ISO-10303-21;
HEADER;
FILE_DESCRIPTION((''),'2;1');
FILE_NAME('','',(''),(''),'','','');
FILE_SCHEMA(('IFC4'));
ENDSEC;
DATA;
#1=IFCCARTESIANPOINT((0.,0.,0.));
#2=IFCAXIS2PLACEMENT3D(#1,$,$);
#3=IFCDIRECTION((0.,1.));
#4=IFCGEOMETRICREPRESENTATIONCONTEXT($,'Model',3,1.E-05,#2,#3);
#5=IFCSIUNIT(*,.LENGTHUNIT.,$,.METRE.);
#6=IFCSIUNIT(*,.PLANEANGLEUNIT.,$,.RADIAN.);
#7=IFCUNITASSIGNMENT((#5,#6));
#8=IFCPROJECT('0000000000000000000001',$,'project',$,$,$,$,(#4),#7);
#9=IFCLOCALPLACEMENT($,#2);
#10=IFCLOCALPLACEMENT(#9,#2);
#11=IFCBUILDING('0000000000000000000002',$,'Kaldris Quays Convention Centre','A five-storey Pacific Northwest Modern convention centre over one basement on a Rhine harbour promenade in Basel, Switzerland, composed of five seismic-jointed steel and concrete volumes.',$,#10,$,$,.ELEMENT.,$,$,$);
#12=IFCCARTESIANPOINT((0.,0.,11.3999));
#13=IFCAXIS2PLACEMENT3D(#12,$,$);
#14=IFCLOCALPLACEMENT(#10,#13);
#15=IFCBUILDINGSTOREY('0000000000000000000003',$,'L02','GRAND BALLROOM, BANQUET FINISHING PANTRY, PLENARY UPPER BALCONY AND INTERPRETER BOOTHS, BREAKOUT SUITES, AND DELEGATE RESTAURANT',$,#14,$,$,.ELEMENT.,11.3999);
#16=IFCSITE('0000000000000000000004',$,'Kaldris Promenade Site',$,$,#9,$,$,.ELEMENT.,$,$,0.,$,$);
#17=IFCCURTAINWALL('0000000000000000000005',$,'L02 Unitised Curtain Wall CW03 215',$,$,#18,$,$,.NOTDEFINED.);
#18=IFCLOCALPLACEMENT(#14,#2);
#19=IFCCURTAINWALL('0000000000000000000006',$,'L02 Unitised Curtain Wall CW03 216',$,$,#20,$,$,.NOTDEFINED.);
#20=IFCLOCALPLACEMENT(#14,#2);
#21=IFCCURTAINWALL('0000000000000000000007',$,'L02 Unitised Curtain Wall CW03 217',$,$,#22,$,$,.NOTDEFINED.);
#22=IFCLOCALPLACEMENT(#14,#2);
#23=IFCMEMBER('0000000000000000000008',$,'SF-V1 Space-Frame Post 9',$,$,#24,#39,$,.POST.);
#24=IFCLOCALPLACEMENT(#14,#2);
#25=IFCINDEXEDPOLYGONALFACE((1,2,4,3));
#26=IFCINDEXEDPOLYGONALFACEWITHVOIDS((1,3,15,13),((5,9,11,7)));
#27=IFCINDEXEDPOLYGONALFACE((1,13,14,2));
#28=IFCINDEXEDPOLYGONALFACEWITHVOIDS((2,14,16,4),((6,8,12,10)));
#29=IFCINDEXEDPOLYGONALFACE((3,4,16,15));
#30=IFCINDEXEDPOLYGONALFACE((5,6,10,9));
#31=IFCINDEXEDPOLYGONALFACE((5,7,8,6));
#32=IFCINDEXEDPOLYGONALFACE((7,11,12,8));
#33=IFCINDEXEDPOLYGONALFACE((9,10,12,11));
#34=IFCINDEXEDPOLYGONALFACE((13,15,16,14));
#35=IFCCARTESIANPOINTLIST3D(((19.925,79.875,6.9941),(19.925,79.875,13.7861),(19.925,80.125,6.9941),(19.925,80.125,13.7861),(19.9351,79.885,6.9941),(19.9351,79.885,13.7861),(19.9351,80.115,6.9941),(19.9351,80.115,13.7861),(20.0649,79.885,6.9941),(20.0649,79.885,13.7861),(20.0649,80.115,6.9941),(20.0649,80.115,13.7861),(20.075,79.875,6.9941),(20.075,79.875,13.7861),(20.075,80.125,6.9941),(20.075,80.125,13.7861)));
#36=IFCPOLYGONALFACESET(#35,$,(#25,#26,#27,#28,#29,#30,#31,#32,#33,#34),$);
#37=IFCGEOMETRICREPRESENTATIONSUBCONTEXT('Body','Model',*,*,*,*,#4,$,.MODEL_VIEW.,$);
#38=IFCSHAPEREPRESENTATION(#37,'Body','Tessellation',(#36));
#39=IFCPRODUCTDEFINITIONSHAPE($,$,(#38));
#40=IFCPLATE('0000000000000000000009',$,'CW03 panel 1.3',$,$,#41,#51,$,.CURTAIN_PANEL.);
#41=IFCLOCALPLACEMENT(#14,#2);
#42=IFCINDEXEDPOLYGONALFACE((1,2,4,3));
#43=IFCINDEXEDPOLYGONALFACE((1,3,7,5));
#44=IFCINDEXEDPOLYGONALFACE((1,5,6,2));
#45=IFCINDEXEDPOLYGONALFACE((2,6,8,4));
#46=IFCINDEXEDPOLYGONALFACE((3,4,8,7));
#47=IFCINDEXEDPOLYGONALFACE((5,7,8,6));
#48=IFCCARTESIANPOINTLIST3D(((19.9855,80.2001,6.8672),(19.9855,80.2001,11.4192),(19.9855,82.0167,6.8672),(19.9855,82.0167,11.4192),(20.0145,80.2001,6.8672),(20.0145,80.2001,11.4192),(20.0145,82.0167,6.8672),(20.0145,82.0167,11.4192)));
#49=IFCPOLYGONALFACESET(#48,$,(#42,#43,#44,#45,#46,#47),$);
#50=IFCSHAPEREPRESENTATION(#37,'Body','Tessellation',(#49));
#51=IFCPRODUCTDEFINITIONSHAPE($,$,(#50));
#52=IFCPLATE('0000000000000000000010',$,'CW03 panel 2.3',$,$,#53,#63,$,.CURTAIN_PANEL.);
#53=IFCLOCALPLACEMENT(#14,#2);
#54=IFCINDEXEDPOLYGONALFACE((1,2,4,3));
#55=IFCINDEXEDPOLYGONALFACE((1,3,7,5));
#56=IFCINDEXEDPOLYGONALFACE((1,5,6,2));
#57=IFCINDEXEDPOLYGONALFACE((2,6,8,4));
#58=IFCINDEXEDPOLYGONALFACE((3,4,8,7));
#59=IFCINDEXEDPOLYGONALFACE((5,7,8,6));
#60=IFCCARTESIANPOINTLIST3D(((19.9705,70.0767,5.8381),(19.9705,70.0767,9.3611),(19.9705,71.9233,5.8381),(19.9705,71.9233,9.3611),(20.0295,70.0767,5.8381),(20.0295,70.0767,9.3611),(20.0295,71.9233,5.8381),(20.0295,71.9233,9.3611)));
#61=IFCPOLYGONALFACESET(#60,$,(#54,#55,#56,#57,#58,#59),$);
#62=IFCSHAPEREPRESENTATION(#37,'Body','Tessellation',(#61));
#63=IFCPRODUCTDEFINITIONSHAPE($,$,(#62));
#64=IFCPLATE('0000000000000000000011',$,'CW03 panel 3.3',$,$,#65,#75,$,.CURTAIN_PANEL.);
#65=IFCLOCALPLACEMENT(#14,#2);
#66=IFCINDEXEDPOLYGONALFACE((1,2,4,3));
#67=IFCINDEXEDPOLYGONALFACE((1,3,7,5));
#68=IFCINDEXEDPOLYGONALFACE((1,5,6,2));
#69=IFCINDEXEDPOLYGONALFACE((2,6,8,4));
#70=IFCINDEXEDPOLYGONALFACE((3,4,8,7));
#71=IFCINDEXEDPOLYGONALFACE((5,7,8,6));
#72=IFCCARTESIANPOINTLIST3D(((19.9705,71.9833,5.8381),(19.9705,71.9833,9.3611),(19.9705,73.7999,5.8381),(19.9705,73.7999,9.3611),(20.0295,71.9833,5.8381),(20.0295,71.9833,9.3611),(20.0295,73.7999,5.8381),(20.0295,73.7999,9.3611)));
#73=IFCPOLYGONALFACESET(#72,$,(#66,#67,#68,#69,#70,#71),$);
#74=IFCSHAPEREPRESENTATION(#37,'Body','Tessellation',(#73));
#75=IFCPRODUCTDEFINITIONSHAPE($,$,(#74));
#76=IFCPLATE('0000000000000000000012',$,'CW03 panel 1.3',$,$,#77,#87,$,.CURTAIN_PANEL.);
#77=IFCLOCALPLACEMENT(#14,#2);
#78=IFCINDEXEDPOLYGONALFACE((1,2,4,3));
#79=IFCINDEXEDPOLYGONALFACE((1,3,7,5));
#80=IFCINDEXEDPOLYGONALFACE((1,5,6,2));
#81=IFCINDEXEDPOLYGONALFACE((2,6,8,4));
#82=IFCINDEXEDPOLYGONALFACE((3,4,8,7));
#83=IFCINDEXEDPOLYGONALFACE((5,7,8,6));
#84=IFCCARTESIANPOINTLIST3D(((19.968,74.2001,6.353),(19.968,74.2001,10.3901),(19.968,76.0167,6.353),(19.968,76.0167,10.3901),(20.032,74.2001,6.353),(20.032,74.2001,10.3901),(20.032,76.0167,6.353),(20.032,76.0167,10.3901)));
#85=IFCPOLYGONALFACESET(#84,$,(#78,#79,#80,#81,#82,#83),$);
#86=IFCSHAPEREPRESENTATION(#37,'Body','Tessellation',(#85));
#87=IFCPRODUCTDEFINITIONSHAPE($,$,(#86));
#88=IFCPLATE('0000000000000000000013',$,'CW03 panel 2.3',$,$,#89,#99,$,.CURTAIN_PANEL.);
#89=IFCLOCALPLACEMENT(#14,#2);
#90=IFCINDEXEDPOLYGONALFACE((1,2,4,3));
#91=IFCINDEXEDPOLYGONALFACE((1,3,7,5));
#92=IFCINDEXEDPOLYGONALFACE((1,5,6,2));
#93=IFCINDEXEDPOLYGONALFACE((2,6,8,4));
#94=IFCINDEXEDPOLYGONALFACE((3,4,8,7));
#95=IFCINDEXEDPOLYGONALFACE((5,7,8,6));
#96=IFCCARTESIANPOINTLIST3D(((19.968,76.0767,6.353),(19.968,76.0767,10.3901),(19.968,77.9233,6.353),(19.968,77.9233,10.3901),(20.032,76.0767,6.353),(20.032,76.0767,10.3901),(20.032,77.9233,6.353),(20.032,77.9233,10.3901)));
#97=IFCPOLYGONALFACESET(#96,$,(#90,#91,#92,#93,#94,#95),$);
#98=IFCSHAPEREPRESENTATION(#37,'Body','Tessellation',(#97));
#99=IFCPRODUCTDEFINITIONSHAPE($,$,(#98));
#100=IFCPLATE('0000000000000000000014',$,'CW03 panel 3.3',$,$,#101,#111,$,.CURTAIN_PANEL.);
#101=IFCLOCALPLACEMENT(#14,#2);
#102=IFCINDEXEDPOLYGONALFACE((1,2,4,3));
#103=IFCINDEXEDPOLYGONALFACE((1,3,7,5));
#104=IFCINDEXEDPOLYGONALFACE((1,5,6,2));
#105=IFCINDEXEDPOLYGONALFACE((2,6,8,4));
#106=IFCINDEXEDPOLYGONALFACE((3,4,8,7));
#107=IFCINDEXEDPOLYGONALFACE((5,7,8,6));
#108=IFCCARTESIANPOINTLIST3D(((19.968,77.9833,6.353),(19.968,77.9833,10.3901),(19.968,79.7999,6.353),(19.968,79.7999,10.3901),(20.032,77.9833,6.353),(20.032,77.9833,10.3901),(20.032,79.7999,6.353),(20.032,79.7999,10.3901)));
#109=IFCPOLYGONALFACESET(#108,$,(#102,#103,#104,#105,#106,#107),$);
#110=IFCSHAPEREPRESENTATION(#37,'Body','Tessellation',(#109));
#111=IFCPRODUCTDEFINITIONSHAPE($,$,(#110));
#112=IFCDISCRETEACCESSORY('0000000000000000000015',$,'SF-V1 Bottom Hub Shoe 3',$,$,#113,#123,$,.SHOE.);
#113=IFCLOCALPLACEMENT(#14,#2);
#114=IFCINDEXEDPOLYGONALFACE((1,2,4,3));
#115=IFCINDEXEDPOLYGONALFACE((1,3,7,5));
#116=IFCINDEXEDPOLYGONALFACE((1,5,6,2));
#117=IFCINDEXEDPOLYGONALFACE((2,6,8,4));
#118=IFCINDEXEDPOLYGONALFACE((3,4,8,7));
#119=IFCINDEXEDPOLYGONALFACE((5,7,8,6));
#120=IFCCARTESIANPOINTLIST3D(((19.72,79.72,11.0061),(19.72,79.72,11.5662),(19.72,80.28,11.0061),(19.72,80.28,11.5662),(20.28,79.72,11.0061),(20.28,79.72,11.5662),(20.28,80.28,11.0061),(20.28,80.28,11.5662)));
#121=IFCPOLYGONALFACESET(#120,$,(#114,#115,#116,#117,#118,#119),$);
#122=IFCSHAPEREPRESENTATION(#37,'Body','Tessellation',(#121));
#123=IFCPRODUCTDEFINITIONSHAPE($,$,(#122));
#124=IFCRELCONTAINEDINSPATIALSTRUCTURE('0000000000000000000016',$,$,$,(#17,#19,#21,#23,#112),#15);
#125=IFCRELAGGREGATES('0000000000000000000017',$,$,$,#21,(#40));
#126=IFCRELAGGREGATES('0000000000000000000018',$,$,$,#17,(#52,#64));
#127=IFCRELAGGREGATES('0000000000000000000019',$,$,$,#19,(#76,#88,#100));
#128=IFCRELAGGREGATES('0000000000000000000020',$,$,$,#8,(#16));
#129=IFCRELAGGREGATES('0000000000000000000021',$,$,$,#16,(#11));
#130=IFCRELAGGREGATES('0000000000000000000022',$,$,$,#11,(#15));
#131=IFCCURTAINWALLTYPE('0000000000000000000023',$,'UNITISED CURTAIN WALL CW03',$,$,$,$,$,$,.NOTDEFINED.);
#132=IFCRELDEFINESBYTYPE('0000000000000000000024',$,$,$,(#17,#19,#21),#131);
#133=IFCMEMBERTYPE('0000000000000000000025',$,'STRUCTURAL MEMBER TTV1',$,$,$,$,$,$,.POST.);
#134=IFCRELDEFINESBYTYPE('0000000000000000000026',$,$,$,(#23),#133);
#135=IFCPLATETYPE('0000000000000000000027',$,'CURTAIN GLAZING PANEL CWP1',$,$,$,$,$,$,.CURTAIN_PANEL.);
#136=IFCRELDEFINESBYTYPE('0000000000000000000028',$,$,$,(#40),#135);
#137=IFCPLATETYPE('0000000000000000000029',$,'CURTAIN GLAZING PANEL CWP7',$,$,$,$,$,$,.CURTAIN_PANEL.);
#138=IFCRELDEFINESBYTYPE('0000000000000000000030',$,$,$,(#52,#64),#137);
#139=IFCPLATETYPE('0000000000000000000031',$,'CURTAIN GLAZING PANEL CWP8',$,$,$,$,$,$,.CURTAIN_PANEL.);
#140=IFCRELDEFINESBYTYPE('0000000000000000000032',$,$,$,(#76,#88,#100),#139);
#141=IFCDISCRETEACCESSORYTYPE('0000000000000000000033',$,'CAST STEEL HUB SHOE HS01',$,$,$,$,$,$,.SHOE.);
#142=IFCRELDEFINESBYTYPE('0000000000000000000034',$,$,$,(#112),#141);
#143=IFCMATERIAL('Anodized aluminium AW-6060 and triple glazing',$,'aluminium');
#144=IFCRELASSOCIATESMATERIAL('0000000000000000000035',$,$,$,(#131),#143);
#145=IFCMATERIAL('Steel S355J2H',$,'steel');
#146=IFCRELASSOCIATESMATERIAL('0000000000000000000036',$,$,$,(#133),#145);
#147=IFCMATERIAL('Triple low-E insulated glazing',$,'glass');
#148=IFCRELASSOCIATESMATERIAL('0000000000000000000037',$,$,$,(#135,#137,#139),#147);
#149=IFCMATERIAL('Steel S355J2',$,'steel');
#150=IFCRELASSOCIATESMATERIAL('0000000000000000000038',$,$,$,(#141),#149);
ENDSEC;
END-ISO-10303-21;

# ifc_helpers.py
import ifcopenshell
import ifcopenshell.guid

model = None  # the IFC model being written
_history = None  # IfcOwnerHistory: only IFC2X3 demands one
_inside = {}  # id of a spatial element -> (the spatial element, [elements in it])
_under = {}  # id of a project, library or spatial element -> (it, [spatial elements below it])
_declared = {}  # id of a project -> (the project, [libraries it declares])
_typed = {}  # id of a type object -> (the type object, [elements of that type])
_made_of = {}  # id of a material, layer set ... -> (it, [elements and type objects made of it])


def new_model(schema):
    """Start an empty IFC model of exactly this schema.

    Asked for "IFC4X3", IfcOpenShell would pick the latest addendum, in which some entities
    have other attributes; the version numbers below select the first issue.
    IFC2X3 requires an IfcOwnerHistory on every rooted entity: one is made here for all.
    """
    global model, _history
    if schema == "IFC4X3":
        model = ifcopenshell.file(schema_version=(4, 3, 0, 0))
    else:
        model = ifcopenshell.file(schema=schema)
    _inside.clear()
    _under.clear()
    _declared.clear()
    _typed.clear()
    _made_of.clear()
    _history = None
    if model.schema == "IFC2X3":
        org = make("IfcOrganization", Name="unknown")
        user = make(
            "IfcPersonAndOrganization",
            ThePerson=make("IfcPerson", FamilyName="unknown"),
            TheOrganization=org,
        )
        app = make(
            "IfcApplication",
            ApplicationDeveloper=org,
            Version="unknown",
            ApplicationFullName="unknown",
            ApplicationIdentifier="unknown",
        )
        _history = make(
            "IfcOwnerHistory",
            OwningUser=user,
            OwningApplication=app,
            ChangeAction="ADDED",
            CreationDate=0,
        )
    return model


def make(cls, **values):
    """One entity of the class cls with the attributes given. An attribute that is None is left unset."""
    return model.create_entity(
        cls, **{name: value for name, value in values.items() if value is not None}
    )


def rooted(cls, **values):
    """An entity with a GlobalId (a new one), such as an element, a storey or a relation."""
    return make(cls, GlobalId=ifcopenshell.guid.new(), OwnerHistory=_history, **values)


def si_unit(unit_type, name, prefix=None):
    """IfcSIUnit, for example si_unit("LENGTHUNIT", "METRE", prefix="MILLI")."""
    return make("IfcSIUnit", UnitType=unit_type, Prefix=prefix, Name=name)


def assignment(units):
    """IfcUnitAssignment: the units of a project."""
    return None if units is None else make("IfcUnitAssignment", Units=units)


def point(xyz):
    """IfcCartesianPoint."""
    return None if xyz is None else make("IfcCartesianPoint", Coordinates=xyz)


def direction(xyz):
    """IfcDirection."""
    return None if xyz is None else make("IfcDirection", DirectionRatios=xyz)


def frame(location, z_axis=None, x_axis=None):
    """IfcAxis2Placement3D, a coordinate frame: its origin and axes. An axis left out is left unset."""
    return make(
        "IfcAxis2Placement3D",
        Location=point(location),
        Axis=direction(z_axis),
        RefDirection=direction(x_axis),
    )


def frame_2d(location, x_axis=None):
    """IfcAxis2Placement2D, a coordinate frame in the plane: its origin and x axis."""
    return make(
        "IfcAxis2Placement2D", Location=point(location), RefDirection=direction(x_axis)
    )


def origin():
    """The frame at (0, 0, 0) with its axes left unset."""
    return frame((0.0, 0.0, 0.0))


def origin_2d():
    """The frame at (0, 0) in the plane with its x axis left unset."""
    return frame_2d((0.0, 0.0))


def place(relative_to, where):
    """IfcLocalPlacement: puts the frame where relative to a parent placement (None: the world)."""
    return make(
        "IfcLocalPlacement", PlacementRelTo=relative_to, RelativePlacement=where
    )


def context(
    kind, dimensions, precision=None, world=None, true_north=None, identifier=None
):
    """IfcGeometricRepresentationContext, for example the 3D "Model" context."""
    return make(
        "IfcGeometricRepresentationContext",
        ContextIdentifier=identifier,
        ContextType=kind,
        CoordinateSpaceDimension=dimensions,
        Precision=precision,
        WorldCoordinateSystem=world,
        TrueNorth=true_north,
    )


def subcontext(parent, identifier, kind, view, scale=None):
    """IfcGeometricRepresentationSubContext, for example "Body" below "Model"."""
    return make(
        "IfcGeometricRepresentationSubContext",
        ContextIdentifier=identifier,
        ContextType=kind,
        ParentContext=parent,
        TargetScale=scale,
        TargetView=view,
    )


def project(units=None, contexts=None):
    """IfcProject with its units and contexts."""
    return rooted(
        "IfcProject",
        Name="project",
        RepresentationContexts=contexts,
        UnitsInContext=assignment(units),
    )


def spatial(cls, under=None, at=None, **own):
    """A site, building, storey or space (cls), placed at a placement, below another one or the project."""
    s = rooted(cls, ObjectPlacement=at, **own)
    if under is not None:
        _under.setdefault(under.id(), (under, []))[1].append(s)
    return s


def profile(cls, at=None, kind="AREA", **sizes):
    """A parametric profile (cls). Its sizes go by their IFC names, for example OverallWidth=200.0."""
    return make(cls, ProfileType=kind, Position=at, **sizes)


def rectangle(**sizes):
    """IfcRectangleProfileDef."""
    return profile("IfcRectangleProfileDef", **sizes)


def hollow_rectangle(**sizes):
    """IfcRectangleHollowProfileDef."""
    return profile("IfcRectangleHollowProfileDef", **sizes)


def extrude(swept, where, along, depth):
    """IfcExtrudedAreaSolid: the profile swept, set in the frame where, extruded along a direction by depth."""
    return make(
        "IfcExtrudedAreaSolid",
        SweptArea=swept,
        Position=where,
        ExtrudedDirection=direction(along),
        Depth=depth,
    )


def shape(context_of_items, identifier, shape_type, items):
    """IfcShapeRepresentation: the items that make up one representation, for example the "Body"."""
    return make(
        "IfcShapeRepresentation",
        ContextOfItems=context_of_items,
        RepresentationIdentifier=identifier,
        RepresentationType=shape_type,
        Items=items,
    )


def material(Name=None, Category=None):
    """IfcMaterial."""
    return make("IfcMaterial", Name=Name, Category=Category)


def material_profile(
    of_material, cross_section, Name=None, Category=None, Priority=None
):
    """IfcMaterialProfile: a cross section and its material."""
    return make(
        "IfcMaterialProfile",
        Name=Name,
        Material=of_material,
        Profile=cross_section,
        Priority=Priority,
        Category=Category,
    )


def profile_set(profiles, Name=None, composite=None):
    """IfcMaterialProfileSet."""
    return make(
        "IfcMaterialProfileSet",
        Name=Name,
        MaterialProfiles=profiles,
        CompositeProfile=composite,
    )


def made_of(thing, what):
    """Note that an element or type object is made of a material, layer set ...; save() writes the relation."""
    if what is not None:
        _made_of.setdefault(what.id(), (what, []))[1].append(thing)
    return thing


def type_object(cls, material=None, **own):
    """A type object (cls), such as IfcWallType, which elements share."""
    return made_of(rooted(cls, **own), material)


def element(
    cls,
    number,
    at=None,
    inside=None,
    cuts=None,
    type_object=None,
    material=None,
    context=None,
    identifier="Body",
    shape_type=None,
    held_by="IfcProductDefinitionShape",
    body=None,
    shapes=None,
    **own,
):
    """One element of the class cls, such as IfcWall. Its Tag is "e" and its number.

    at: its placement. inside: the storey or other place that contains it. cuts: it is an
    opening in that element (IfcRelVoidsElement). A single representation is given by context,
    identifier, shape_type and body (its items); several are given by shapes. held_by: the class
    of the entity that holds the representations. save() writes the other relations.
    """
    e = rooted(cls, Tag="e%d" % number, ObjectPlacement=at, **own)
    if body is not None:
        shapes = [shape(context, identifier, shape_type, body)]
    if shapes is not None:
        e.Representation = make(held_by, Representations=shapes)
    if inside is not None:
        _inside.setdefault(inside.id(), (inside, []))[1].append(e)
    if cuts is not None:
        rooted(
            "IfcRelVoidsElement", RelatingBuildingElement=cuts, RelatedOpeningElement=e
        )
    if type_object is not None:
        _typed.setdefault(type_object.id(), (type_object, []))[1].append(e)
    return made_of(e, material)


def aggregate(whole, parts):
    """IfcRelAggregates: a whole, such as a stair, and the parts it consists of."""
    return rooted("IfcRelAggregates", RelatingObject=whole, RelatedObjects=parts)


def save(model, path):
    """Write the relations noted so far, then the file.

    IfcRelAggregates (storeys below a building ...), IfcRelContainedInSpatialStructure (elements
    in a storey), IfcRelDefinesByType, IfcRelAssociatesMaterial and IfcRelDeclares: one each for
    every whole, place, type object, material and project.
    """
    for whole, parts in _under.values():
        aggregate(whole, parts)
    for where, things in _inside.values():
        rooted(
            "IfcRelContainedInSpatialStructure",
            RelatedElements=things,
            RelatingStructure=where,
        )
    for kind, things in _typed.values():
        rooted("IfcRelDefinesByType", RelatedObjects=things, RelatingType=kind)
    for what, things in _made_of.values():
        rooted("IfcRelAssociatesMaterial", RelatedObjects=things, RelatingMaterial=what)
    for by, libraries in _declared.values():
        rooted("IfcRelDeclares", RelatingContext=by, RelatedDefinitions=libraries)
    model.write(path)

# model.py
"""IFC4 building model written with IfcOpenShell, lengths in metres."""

from ifc_helpers import new_model, si_unit, direction, frame, origin, origin_2d, place, context, subcontext, project, spatial, rectangle, hollow_rectangle, extrude, material, material_profile, profile_set, type_object, element, aggregate, save


model = new_model("IFC4")

# Units and contexts
model_context = context("Model", 3, precision=1e-05, world=origin(), true_north=direction((0.0, 1.0)))
body_context = subcontext(model_context, "Body", "Model", "MODEL_VIEW")
ifc_project = project(units=[si_unit("LENGTHUNIT", "METRE"), si_unit("PLANEANGLEUNIT", "RADIAN")], contexts=[model_context])

# Site, building, storey
site_placement = place(None, origin())
site = spatial("IfcSite", under=ifc_project, at=site_placement, Name="Kaldris Promenade Site", CompositionType="ELEMENT", RefElevation=0.0)
building_placement = place(site_placement, origin())
building = spatial("IfcBuilding", under=site, at=building_placement, Name="Kaldris Quays Convention Centre", Description="A five-storey Pacific Northwest Modern convention centre over one basement on a Rhine harbour promenade in Basel, Switzerland, composed of five seismic-jointed steel and concrete volumes.", CompositionType="ELEMENT")
storey_placement = place(building_placement, frame((0.0, 0.0, 11.3999)))
storey = spatial("IfcBuildingStorey", under=building, at=storey_placement, Name="L02", Description="GRAND BALLROOM, BANQUET FINISHING PANTRY, PLENARY UPPER BALCONY AND INTERPRETER BOOTHS, BREAKOUT SUITES, AND DELEGATE RESTAURANT", CompositionType="ELEMENT", Elevation=11.3999)

# Curtain wall
ifc_material_1 = material(Name="Anodized aluminium AW-6060 and triple glazing", Category="aluminium")
curtain_wall_type = type_object("IfcCurtainWallType", Name="UNITISED CURTAIN WALL CW03", PredefinedType="NOTDEFINED", material=ifc_material_1)
curtain_wall_1_placement = place(storey_placement, origin())
curtain_wall_1 = element("IfcCurtainWall", 1, at=curtain_wall_1_placement, inside=storey, type_object=curtain_wall_type, Name="L02 Unitised Curtain Wall CW03 215", PredefinedType="NOTDEFINED")

# Curtain walls
curtain_wall_2_placement = place(storey_placement, origin())
curtain_wall_2 = element("IfcCurtainWall", 2, at=curtain_wall_2_placement, inside=storey, type_object=curtain_wall_type, Name="L02 Unitised Curtain Wall CW03 216", PredefinedType="NOTDEFINED")
curtain_wall_3_placement = place(storey_placement, origin())
curtain_wall_3 = element("IfcCurtainWall", 3, at=curtain_wall_3_placement, inside=storey, type_object=curtain_wall_type, Name="L02 Unitised Curtain Wall CW03 217", PredefinedType="NOTDEFINED")

# Member
ifc_material_2 = material(Name="Steel S355J2H", Category="steel")
ifc_material_profile_1 = material_profile(ifc_material_2, hollow_rectangle(XDim=0.1499, YDim=0.25, WallThickness=0.01, at=origin_2d()), Name="RHS 250x150x10")
ifc_profile_set_1 = profile_set([ifc_material_profile_1], Name="Steel S355J2H")
member_type_1 = type_object("IfcMemberType", Name="STRUCTURAL MEMBER TTV1", PredefinedType="POST", material=ifc_profile_set_1)
member_1_placement = place(storey_placement, frame((20.0, 80.0, 6.9941), z_axis=(0.0, 0.0, 1.0), x_axis=(1.0, 0.0, 0.0)))
element("IfcMember", 4, at=member_1_placement, inside=storey, type_object=member_type_1, Name="SF-V1 Space-Frame Post 9", PredefinedType="POST", context=body_context, shape_type="SweptSolid", body=[
    extrude(hollow_rectangle(XDim=0.1499, YDim=0.25, WallThickness=0.01, at=origin_2d()), origin(), (0.0, 0.0, 1.0), 6.792),
])

# Plates
ifc_material_3 = material(Name="Triple low-E insulated glazing", Category="glass")
plate_type_1 = type_object("IfcPlateType", Name="CURTAIN GLAZING PANEL CWP1", PredefinedType="CURTAIN_PANEL", material=ifc_material_3)
plate_1_placement = place(storey_placement, frame((20.0, 81.1084, 6.8672), z_axis=(0.0, 0.0, 1.0), x_axis=(0.0, 1.0, 0.0)))
plate_1 = element("IfcPlate", 5, at=plate_1_placement, type_object=plate_type_1, Name="CW03 panel 1.3", PredefinedType="CURTAIN_PANEL", context=body_context, shape_type="SweptSolid", body=[
    extrude(rectangle(XDim=1.8167, YDim=0.0291, at=origin_2d()), origin(), (0.0, 0.0, 1.0), 4.552),
])
aggregate(curtain_wall_3, [plate_1])
plate_type_2 = type_object("IfcPlateType", Name="CURTAIN GLAZING PANEL CWP7", PredefinedType="CURTAIN_PANEL", material=ifc_material_3)
plate_2_placement = place(storey_placement, frame((20.0, 71.0, 5.8381), z_axis=(0.0, 0.0, 1.0), x_axis=(0.0, 1.0, 0.0)))
plate_2 = element("IfcPlate", 6, at=plate_2_placement, type_object=plate_type_2, Name="CW03 panel 2.3", PredefinedType="CURTAIN_PANEL", context=body_context, shape_type="SweptSolid", body=[
    extrude(rectangle(XDim=1.8467, YDim=0.0591, at=origin_2d()), origin(), (0.0, 0.0, 1.0), 3.5229),
])
plate_3_placement = place(storey_placement, frame((20.0, 72.8916, 5.8381), z_axis=(0.0, 0.0, 1.0), x_axis=(0.0, 1.0, 0.0)))
plate_3 = element("IfcPlate", 7, at=plate_3_placement, type_object=plate_type_2, Name="CW03 panel 3.3", PredefinedType="CURTAIN_PANEL", context=body_context, shape_type="SweptSolid", body=[
    extrude(rectangle(XDim=1.8167, YDim=0.0591, at=origin_2d()), origin(), (0.0, 0.0, 1.0), 3.5229),
])
aggregate(curtain_wall_1, [plate_2, plate_3])
plate_type_3 = type_object("IfcPlateType", Name="CURTAIN GLAZING PANEL CWP8", PredefinedType="CURTAIN_PANEL", material=ifc_material_3)
plate_4_placement = place(storey_placement, frame((20.0, 75.1084, 6.353), z_axis=(0.0, 0.0, 1.0), x_axis=(0.0, 1.0, 0.0)))
plate_4 = element("IfcPlate", 8, at=plate_4_placement, type_object=plate_type_3, Name="CW03 panel 1.3", PredefinedType="CURTAIN_PANEL", context=body_context, shape_type="SweptSolid", body=[
    extrude(rectangle(XDim=1.8167, YDim=0.064, at=origin_2d()), origin(), (0.0, 0.0, 1.0), 4.0371),
])
plate_5_placement = place(storey_placement, frame((20.0, 77.0, 6.353), z_axis=(0.0, 0.0, 1.0), x_axis=(0.0, 1.0, 0.0)))
plate_5 = element("IfcPlate", 9, at=plate_5_placement, type_object=plate_type_3, Name="CW03 panel 2.3", PredefinedType="CURTAIN_PANEL", context=body_context, shape_type="SweptSolid", body=[
    extrude(rectangle(XDim=1.8467, YDim=0.064, at=origin_2d()), origin(), (0.0, 0.0, 1.0), 4.0371),
])
plate_6_placement = place(storey_placement, frame((20.0, 78.8916, 6.353), z_axis=(0.0, 0.0, 1.0), x_axis=(0.0, 1.0, 0.0)))
plate_6 = element("IfcPlate", 10, at=plate_6_placement, type_object=plate_type_3, Name="CW03 panel 3.3", PredefinedType="CURTAIN_PANEL", context=body_context, shape_type="SweptSolid", body=[
    extrude(rectangle(XDim=1.8167, YDim=0.064, at=origin_2d()), origin(), (0.0, 0.0, 1.0), 4.0371),
])
aggregate(curtain_wall_2, [plate_4, plate_5, plate_6])

# Discrete accessory
ifc_material_4 = material(Name="Steel S355J2", Category="steel")
discrete_accessory_type = type_object("IfcDiscreteAccessoryType", Name="CAST STEEL HUB SHOE HS01", PredefinedType="SHOE", material=ifc_material_4)
discrete_accessory_placement = place(storey_placement, frame((20.0, 80.0, 11.0061), z_axis=(0.0, 0.0, 1.0), x_axis=(1.0, 0.0, 0.0)))
element("IfcDiscreteAccessory", 11, at=discrete_accessory_placement, inside=storey, type_object=discrete_accessory_type, Name="SF-V1 Bottom Hub Shoe 3", PredefinedType="SHOE", context=body_context, shape_type="SweptSolid", body=[
    extrude(rectangle(XDim=0.5601, YDim=0.5601, at=origin_2d()), origin(), (0.0, 0.0, 1.0), 0.5601),
])

save(model, "model.ifc")
